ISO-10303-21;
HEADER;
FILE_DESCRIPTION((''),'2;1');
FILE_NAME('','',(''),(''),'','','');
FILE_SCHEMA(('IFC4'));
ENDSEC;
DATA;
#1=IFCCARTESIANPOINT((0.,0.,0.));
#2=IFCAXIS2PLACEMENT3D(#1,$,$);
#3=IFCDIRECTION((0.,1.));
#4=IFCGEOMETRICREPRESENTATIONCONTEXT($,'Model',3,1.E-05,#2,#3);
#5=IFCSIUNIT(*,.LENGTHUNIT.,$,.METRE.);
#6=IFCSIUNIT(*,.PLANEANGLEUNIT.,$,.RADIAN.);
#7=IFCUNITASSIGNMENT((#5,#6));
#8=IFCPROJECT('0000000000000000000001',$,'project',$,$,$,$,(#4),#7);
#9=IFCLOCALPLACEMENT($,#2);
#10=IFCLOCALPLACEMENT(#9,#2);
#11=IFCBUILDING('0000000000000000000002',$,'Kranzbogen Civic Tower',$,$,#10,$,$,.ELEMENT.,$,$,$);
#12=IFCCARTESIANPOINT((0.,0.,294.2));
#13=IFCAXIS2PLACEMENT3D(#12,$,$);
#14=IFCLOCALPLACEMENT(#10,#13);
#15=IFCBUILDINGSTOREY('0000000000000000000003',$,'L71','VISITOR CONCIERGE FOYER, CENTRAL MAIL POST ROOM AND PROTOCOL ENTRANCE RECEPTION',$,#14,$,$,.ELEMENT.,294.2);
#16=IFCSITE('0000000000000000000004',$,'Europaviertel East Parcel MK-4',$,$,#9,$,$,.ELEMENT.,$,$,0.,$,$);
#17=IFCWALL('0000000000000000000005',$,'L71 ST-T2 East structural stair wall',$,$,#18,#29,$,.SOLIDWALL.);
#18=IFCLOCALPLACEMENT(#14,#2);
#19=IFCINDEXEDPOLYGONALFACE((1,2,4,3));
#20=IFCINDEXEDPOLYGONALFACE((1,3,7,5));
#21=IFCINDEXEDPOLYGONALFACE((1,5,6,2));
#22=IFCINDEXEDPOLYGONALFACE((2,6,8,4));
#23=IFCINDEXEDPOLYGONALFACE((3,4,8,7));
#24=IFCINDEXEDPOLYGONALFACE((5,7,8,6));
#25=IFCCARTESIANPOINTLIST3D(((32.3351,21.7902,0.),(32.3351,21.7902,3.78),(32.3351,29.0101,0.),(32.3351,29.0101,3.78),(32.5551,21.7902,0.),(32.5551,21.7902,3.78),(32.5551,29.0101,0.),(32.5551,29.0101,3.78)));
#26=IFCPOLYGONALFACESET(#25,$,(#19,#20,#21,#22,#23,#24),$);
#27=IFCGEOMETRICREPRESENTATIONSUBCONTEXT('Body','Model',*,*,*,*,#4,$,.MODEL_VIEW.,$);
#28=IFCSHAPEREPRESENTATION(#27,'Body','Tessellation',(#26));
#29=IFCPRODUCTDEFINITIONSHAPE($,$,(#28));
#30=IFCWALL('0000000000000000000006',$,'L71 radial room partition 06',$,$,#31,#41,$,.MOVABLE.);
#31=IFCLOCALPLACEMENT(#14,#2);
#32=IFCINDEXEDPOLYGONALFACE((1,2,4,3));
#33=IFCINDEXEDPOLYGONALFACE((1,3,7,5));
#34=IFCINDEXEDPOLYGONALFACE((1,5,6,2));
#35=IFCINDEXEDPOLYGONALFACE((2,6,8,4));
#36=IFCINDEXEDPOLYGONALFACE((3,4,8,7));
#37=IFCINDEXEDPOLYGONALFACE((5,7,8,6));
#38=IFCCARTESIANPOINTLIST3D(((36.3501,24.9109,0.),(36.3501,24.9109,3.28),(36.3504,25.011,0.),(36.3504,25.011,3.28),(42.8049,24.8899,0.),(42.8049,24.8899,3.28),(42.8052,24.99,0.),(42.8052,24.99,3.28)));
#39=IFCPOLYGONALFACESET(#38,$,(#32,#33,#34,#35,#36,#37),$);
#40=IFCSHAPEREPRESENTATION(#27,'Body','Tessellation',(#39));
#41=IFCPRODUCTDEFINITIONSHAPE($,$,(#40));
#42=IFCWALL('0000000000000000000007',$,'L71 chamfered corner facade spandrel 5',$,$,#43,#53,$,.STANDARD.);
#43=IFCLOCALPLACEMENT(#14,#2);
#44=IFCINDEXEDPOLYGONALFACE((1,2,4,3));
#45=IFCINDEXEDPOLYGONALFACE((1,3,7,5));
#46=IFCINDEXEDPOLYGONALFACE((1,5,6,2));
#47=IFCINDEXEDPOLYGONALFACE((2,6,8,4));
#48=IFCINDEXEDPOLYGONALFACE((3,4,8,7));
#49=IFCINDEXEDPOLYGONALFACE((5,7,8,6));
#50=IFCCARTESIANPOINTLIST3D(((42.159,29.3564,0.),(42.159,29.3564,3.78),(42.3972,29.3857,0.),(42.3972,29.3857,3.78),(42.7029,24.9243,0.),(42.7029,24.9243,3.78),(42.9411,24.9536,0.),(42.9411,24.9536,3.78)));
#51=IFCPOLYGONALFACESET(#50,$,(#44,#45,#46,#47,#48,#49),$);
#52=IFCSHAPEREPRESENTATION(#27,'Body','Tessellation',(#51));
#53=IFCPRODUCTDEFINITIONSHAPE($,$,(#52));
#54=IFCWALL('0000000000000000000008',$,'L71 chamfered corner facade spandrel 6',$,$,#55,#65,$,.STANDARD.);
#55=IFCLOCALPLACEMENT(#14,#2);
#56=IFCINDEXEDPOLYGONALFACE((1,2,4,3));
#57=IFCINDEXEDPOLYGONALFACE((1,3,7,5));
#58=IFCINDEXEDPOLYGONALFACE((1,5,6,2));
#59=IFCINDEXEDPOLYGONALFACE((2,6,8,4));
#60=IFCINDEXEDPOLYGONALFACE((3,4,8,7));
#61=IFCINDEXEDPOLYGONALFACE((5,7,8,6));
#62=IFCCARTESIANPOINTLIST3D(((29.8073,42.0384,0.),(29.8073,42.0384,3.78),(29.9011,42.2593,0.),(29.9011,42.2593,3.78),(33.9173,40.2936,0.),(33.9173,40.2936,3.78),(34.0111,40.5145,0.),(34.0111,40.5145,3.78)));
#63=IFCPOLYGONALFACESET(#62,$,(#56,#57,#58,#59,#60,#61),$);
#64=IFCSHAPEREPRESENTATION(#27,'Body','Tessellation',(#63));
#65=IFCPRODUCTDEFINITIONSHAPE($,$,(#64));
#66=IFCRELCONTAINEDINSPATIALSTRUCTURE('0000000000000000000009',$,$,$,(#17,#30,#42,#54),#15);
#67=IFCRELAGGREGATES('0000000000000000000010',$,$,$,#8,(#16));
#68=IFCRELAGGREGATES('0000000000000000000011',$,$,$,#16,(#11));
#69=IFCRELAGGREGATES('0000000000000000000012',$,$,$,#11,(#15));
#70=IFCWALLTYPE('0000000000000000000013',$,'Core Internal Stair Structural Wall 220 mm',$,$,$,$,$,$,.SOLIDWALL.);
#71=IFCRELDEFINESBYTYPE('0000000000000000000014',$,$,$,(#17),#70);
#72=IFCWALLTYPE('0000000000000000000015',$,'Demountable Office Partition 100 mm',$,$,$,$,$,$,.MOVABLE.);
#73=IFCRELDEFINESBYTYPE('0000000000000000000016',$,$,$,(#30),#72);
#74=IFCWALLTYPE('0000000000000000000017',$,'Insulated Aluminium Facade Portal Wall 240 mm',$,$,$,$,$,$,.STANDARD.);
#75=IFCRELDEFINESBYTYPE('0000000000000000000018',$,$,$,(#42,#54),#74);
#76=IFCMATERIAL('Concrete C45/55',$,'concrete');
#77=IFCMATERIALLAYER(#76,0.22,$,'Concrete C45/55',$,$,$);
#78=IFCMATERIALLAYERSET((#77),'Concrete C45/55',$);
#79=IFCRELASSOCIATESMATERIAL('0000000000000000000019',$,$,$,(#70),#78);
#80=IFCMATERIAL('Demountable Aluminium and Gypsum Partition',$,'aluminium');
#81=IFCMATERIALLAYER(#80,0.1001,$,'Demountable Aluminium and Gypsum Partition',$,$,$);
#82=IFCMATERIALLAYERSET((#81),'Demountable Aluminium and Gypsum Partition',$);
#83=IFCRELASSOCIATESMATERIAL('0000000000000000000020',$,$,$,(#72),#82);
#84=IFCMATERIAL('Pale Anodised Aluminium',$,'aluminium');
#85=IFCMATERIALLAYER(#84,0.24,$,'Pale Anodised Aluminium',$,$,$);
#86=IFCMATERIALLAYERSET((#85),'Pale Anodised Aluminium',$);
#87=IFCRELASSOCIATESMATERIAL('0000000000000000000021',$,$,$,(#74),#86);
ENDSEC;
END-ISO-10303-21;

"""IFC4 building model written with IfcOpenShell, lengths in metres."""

from ifc_helpers import new_model, si_unit, direction, frame, frame_2d, origin, place, context, subcontext, project, spatial, rectangle, extrude, material, layer, layer_set, type_object, element, save


model = new_model("IFC4")

# Units and contexts
model_context = context("Model", 3, precision=1e-05, world=origin(), true_north=direction((0.0, 1.0)))
body_context = subcontext(model_context, "Body", "Model", "MODEL_VIEW")
ifc_project = project(units=[si_unit("LENGTHUNIT", "METRE"), si_unit("PLANEANGLEUNIT", "RADIAN")], contexts=[model_context])

# Site, building, storey
site_placement = place(None, origin())
site = spatial("IfcSite", under=ifc_project, at=site_placement, Name="Europaviertel East Parcel MK-4", CompositionType="ELEMENT", RefElevation=0.0)
building_placement = place(site_placement, origin())
building = spatial("IfcBuilding", under=site, at=building_placement, Name="Kranzbogen Civic Tower", CompositionType="ELEMENT")
storey_placement = place(building_placement, frame((0.0, 0.0, 294.2)))
storey = spatial("IfcBuildingStorey", under=building, at=storey_placement, Name="L71", Description="VISITOR CONCIERGE FOYER, CENTRAL MAIL POST ROOM AND PROTOCOL ENTRANCE RECEPTION", CompositionType="ELEMENT", Elevation=294.2)

# Shared definitions
ifc_material_1 = material(Name="Pale Anodised Aluminium", Category="aluminium")

# Shared definitions
ifc_material_2 = material(Name="Concrete C45/55", Category="concrete")

# Walls
ifc_layer_1 = layer(ifc_material_2, 0.22, Name="Concrete C45/55")
ifc_layer_set_1 = layer_set([ifc_layer_1], Name="Concrete C45/55")
wall_type_1 = type_object("IfcWallType", Name="Core Internal Stair Structural Wall 220 mm", PredefinedType="SOLIDWALL", material=ifc_layer_set_1)
wall_1_placement = place(storey_placement, frame((32.4451, 29.01, 0.0), z_axis=(0.0, 0.0, 1.0), x_axis=(0.0, -1.0, 0.0)))
element("IfcWall", 1, at=wall_1_placement, inside=storey, type_object=wall_type_1, Name="L71 ST-T2 East structural stair wall", PredefinedType="SOLIDWALL", context=body_context, shape_type="SweptSolid", body=[
    extrude(rectangle(XDim=7.22, YDim=0.22, at=frame_2d((3.6099, 0.0))), origin(), (0.0, 0.0, 1.0), 3.78),
])
ifc_material_3 = material(Name="Demountable Aluminium and Gypsum Partition", Category="aluminium")
ifc_layer_2 = layer(ifc_material_3, 0.1001, Name="Demountable Aluminium and Gypsum Partition")
ifc_layer_set_2 = layer_set([ifc_layer_2], Name="Demountable Aluminium and Gypsum Partition")
wall_type_2 = type_object("IfcWallType", Name="Demountable Office Partition 100 mm", PredefinedType="MOVABLE", material=ifc_layer_set_2)
wall_2_placement = place(storey_placement, frame((36.3501, 24.9609, 0.0), z_axis=(0.0, 0.0, 1.0), x_axis=(0.999995, -0.003253, 0.0)))
element("IfcWall", 2, at=wall_2_placement, inside=storey, type_object=wall_type_2, Name="L71 radial room partition 06", PredefinedType="MOVABLE", context=body_context, shape_type="SweptSolid", body=[
    extrude(rectangle(XDim=6.4548, YDim=0.1001, at=frame_2d((3.2275, 0.0))), origin(), (0.0, 0.0, 1.0), 3.28),
])
ifc_layer_3 = layer(ifc_material_1, 0.24, Name="Pale Anodised Aluminium")
ifc_layer_set_3 = layer_set([ifc_layer_3], Name="Pale Anodised Aluminium")
wall_type_3 = type_object("IfcWallType", Name="Insulated Aluminium Facade Portal Wall 240 mm", PredefinedType="STANDARD", material=ifc_layer_set_3)
wall_3_placement = place(storey_placement, frame((42.822, 24.939, 0.0), z_axis=(0.0, 0.0, 1.0), x_axis=(-0.121814, 0.992553, 0.0)))
element("IfcWall", 3, at=wall_3_placement, inside=storey, type_object=wall_type_3, Name="L71 chamfered corner facade spandrel 5", PredefinedType="STANDARD", context=body_context, shape_type="SweptSolid", body=[
    extrude(rectangle(XDim=4.4653, YDim=0.24, at=frame_2d((2.2327, 0.0))), origin(), (0.0, 0.0, 1.0), 3.78),
])
wall_4_placement = place(storey_placement, frame((33.9641, 40.4041, 0.0), z_axis=(0.0, 0.0, 1.0), x_axis=(-0.920486, 0.390776, 0.0)))
element("IfcWall", 4, at=wall_4_placement, inside=storey, type_object=wall_type_3, Name="L71 chamfered corner facade spandrel 6", PredefinedType="STANDARD", context=body_context, shape_type="SweptSolid", body=[
    extrude(rectangle(XDim=4.4651, YDim=0.24, at=frame_2d((2.2324, 0.0))), origin(), (0.0, 0.0, 1.0), 3.78),
])

save(model, "model.ifc")
